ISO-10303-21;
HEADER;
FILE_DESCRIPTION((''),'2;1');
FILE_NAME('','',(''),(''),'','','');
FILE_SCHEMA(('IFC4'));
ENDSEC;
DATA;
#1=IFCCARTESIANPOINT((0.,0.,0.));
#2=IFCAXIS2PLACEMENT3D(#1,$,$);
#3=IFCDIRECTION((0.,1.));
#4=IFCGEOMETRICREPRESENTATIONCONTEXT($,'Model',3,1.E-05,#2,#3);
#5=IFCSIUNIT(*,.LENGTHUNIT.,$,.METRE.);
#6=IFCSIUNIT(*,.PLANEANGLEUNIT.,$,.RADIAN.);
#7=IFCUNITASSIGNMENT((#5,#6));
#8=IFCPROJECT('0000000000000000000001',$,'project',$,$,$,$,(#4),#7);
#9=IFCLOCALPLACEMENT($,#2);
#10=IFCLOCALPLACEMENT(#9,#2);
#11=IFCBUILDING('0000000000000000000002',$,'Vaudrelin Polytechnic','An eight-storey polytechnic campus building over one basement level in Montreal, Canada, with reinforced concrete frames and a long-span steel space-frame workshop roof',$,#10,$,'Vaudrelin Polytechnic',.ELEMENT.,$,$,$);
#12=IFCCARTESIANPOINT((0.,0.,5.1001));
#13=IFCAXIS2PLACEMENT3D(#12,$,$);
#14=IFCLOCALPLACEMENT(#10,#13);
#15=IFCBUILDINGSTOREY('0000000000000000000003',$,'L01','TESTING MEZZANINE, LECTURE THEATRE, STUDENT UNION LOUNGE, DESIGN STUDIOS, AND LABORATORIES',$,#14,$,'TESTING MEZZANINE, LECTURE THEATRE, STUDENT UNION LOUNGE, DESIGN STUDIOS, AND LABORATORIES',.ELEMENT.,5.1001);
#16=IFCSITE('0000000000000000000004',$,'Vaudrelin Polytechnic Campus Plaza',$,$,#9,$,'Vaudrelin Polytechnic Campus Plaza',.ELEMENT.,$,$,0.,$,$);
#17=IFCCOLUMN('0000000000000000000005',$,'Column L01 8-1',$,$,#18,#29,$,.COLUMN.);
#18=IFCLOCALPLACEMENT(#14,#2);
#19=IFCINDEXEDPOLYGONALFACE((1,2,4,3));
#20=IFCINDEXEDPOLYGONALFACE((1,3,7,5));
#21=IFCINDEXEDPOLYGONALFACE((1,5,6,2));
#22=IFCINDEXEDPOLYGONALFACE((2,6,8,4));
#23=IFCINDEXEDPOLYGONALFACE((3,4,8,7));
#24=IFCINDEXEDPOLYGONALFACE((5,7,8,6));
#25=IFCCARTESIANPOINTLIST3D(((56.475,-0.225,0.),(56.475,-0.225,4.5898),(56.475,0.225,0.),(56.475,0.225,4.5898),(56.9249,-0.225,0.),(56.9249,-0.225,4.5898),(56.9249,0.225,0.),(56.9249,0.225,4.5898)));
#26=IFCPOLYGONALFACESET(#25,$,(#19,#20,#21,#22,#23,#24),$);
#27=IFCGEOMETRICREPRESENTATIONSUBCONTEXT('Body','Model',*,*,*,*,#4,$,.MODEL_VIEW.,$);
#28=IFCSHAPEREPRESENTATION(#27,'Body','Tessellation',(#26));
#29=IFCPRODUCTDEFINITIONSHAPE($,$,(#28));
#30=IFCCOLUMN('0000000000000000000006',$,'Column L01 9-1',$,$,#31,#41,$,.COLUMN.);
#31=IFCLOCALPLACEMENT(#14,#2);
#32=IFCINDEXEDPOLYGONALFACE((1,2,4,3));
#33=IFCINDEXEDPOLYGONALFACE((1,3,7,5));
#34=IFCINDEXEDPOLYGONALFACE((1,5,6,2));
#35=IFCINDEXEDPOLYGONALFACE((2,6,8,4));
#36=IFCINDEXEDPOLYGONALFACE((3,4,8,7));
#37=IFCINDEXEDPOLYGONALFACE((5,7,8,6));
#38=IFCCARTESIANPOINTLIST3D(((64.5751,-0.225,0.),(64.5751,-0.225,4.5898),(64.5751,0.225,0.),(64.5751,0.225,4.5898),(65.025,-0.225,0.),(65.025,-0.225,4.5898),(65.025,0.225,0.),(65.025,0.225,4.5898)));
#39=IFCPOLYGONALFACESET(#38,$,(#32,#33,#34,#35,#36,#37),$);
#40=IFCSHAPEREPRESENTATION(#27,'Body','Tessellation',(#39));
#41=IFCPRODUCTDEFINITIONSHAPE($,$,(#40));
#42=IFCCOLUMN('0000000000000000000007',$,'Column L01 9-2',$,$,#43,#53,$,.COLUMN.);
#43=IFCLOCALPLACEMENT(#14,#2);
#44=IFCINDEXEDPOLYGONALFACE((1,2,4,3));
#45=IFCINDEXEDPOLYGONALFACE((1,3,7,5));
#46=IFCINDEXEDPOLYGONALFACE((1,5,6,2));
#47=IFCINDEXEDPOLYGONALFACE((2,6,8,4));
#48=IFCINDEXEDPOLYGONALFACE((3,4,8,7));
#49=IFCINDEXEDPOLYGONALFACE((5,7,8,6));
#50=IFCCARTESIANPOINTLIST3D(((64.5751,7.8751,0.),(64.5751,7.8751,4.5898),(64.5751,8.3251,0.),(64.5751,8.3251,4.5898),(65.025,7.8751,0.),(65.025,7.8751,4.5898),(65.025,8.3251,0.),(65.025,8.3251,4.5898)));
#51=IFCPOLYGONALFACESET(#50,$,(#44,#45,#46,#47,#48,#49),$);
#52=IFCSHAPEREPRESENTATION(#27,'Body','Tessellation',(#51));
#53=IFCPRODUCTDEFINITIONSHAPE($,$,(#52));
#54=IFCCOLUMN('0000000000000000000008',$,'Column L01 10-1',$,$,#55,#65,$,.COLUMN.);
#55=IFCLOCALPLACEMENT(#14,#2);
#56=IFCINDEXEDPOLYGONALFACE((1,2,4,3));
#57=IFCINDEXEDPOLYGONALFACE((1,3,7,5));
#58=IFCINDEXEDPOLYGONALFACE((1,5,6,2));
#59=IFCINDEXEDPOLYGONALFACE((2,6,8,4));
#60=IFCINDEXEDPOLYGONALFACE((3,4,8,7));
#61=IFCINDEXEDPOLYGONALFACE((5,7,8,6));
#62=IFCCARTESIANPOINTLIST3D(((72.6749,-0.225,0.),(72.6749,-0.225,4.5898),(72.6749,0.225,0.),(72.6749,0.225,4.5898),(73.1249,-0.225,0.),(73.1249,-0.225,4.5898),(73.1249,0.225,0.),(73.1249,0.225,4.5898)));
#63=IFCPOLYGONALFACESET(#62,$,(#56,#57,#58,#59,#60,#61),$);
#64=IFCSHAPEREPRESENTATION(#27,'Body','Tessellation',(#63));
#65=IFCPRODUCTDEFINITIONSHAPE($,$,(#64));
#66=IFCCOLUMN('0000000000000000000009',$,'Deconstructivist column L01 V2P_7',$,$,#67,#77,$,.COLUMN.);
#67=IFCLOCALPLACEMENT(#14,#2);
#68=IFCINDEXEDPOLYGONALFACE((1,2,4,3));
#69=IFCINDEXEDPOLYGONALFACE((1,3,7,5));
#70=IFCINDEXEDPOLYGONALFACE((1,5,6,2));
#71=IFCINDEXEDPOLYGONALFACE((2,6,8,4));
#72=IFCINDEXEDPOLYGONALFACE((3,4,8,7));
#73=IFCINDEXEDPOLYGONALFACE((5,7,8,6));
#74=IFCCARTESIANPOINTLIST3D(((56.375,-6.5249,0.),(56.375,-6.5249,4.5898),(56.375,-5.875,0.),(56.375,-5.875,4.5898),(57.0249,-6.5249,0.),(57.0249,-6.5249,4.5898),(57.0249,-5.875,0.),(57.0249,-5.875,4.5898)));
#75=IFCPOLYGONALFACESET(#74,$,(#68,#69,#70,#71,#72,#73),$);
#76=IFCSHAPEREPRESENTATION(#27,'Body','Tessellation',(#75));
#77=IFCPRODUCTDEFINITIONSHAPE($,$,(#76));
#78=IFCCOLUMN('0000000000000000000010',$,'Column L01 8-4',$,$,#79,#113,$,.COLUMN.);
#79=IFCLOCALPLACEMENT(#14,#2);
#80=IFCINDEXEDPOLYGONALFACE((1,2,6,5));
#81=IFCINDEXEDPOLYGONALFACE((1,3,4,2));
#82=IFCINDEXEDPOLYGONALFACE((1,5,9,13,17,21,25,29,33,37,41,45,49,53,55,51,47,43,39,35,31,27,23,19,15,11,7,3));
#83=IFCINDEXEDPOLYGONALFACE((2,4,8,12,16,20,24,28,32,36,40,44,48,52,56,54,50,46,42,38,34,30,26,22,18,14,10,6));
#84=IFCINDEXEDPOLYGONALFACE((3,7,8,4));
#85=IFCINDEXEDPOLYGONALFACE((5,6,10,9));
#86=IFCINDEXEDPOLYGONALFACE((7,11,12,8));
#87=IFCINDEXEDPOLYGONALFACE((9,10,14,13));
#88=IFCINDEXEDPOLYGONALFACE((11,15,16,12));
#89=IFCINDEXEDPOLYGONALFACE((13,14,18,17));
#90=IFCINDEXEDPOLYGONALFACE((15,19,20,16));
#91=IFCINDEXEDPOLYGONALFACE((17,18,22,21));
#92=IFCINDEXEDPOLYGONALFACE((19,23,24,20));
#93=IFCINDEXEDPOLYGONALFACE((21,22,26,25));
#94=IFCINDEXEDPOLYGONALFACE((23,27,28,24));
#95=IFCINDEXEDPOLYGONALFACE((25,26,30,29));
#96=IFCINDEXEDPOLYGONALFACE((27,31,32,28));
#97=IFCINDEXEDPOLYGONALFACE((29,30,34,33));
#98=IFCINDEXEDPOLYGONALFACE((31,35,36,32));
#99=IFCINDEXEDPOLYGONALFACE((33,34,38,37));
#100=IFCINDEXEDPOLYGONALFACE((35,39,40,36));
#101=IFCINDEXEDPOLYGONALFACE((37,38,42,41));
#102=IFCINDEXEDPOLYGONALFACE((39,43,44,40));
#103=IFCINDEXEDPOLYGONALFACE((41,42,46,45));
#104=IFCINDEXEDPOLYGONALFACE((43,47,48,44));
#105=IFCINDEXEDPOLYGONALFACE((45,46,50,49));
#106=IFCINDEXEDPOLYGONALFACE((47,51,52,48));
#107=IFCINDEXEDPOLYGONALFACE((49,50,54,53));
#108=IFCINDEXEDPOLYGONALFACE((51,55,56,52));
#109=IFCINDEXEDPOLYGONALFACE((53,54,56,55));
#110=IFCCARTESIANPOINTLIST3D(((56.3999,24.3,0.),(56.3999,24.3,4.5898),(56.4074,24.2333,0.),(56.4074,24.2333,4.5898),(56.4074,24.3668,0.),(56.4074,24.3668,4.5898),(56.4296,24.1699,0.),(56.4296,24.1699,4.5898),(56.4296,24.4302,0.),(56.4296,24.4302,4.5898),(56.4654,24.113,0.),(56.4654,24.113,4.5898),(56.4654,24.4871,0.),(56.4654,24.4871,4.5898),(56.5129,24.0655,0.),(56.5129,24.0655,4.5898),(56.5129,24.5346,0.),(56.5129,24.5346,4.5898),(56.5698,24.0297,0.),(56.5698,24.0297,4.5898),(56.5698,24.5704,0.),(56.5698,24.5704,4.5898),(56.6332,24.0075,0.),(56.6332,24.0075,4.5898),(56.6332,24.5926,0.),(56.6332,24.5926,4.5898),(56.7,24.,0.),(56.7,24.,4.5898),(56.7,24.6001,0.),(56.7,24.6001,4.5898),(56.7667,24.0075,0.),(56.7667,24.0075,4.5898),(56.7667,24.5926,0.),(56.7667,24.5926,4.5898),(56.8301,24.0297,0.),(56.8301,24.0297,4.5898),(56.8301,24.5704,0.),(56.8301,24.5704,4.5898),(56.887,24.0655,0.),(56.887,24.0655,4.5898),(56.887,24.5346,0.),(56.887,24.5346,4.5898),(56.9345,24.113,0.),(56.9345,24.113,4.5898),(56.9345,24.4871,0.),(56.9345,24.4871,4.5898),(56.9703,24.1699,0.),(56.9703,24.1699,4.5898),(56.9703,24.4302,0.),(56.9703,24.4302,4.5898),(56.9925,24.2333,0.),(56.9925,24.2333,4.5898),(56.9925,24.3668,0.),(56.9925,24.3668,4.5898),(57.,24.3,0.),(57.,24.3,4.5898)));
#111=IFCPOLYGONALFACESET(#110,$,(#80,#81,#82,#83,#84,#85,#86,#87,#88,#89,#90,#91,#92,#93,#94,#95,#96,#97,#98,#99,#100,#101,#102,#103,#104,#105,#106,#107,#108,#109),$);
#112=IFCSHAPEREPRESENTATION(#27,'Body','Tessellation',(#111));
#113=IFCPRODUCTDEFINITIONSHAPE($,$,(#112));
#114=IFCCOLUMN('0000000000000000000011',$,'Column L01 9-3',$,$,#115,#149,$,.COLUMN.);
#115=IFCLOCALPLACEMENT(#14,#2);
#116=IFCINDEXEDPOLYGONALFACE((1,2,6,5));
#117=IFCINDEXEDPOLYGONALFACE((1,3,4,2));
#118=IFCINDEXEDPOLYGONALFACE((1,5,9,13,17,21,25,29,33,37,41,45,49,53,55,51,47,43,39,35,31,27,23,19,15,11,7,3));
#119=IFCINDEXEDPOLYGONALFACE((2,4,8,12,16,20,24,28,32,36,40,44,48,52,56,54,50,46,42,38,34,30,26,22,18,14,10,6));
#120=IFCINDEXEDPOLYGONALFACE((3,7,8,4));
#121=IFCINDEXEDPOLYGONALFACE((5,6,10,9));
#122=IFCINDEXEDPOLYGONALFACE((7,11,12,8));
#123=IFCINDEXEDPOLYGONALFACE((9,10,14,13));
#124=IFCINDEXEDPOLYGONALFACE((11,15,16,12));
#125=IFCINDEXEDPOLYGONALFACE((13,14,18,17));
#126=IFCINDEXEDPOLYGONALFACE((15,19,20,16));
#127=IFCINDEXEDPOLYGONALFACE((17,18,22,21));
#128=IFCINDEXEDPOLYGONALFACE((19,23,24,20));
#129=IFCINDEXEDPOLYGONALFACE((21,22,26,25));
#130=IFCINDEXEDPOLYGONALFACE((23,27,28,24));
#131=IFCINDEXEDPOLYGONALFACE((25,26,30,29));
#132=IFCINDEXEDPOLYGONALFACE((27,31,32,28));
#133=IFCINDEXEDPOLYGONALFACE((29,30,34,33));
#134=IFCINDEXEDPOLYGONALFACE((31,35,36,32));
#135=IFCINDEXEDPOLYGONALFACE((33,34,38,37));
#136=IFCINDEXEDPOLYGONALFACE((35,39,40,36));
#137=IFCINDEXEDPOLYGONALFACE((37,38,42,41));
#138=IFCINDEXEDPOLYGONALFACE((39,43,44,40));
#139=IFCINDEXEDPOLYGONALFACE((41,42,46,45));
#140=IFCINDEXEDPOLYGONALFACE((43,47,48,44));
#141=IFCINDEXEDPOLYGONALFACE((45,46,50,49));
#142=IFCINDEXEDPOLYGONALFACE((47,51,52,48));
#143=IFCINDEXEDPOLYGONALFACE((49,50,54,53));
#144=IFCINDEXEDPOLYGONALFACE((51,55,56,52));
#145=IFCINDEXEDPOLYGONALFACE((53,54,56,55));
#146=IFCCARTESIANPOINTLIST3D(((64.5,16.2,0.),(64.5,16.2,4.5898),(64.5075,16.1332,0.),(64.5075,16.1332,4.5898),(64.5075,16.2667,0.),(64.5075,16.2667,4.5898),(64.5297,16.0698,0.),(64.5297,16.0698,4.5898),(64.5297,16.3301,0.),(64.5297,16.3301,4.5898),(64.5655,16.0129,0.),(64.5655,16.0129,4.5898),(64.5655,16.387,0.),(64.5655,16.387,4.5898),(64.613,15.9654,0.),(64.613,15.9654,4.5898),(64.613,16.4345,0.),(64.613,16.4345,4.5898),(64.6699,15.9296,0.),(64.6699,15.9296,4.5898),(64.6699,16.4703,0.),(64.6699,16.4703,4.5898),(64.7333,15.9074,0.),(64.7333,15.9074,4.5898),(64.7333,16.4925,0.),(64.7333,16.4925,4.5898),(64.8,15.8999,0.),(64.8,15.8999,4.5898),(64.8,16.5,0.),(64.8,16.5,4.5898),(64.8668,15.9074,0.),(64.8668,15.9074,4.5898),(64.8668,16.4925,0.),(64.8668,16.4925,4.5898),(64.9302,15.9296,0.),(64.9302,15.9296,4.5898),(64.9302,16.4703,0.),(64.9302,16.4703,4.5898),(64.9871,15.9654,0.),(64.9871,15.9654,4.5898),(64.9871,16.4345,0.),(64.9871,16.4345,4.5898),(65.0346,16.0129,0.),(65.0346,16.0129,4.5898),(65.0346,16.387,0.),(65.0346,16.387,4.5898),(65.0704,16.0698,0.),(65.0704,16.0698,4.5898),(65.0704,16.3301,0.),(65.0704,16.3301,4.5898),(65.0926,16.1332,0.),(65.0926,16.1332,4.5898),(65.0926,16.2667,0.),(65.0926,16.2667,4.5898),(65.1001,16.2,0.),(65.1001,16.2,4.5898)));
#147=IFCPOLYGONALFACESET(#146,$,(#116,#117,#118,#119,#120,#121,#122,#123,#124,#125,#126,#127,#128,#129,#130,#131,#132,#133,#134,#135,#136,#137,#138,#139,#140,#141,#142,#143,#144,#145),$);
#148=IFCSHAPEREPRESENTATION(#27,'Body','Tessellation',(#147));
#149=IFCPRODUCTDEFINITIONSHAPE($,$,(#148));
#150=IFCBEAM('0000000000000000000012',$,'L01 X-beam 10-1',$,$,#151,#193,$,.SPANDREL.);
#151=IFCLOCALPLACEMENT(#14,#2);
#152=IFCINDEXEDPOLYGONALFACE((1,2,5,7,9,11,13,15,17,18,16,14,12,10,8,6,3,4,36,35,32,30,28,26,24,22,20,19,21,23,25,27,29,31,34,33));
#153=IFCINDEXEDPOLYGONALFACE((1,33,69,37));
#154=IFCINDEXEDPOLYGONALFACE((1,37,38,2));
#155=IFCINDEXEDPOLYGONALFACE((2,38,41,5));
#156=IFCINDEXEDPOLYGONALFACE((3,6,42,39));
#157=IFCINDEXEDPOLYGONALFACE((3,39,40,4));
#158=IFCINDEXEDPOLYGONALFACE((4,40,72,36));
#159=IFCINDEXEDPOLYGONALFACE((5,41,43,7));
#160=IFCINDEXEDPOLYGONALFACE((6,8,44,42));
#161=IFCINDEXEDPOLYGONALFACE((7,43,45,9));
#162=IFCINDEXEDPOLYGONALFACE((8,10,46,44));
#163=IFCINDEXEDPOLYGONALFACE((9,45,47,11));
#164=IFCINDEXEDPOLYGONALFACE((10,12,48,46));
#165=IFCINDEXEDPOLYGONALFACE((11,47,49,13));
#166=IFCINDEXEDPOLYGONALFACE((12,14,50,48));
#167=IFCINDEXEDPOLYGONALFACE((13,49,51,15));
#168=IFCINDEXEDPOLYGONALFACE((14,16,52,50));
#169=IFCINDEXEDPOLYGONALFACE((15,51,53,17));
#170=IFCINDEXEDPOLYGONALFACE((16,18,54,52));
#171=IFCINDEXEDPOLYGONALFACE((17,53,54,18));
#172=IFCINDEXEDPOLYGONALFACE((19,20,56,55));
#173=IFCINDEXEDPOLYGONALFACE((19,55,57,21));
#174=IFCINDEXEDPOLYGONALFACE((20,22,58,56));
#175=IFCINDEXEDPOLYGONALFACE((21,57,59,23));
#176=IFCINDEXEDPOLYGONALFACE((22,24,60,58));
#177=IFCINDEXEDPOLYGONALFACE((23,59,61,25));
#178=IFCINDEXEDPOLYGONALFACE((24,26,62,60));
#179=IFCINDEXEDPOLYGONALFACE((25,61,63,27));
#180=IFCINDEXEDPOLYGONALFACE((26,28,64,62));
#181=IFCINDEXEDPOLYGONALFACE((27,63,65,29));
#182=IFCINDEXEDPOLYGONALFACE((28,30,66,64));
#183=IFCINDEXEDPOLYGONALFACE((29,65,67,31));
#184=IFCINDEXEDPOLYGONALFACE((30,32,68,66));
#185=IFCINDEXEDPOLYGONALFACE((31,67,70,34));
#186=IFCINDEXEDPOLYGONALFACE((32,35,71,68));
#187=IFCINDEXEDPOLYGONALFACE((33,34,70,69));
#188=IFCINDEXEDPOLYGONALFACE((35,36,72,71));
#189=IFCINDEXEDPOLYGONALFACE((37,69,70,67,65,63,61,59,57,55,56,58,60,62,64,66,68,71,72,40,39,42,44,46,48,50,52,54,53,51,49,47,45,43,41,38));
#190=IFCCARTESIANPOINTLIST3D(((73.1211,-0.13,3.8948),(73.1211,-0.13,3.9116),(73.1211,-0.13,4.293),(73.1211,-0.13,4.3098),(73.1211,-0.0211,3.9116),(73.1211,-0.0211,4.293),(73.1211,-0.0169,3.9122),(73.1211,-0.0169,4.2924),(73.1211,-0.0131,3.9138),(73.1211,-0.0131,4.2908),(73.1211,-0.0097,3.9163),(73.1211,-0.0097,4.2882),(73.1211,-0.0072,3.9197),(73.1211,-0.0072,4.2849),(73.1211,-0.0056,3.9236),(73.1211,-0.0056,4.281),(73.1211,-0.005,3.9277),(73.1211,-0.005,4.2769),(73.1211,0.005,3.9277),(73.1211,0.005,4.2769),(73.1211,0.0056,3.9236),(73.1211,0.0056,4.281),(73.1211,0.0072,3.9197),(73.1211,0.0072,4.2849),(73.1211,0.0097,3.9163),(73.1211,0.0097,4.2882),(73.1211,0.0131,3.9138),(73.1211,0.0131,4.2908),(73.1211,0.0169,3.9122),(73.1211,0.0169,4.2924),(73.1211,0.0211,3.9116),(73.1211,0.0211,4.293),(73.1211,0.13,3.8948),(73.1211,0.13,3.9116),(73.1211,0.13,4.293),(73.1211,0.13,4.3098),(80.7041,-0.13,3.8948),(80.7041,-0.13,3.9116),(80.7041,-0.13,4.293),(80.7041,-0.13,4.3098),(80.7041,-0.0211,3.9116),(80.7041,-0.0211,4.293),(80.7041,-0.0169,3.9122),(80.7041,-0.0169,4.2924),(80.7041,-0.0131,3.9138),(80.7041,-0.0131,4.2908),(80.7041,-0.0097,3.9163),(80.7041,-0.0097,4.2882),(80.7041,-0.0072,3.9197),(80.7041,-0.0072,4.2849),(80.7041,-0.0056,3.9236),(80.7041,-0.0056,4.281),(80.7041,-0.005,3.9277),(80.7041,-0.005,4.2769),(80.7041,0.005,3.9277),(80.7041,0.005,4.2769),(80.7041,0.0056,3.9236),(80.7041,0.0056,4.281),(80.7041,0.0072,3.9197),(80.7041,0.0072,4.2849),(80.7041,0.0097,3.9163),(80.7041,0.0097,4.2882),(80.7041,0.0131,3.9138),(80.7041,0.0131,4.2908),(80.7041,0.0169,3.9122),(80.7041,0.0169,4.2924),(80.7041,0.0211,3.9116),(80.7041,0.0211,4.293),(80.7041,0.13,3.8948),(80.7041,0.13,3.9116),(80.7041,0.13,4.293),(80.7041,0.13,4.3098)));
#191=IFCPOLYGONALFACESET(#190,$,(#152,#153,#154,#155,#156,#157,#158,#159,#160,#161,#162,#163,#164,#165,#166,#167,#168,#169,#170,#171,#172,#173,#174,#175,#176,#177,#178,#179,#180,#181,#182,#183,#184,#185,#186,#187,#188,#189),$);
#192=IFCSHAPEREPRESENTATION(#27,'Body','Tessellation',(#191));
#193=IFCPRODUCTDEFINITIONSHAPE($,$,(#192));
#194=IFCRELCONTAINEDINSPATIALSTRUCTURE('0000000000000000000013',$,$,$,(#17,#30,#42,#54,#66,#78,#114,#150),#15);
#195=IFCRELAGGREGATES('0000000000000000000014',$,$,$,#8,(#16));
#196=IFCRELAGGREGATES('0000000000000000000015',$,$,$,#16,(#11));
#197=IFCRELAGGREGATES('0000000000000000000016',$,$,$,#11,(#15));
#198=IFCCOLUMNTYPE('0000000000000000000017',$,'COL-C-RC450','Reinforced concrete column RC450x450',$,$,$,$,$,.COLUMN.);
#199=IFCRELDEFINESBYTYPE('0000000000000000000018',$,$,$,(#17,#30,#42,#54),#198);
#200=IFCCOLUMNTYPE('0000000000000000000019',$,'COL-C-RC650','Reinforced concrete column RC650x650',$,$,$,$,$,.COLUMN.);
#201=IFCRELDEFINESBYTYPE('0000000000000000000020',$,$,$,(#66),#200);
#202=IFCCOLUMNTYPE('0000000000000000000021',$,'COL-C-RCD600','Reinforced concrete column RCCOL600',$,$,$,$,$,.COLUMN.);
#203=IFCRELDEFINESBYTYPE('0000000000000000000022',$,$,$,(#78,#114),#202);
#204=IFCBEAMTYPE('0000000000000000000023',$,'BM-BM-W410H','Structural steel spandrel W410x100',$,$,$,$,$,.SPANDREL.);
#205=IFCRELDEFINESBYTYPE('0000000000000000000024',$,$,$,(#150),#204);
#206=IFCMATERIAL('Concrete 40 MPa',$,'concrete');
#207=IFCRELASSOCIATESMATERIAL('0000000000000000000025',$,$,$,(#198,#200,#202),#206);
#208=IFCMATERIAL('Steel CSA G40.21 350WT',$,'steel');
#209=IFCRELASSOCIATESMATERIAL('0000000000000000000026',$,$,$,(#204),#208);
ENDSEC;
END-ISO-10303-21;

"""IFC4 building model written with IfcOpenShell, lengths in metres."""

from ifc_helpers import new_model, si_unit, direction, frame, origin, origin_2d, place, context, subcontext, project, spatial, rectangle, circle, i_section, extrude, material, material_profile, profile_set, type_object, element, save


model = new_model("IFC4")

# Units and contexts
model_context = context("Model", 3, precision=1e-05, world=origin(), true_north=direction((0.0, 1.0)))
body_context = subcontext(model_context, "Body", "Model", "MODEL_VIEW")
ifc_project = project(units=[si_unit("LENGTHUNIT", "METRE"), si_unit("PLANEANGLEUNIT", "RADIAN")], contexts=[model_context])

# Site, building, storey
site_placement = place(None, origin())
site = spatial("IfcSite", under=ifc_project, at=site_placement, Name="Vaudrelin Polytechnic Campus Plaza", LongName="Vaudrelin Polytechnic Campus Plaza", CompositionType="ELEMENT", RefElevation=0.0)
building_placement = place(site_placement, origin())
building = spatial("IfcBuilding", under=site, at=building_placement, Name="Vaudrelin Polytechnic", Description="An eight-storey polytechnic campus building over one basement level in Montreal, Canada, with reinforced concrete frames and a long-span steel space-frame workshop roof", LongName="Vaudrelin Polytechnic", CompositionType="ELEMENT")
storey_placement = place(building_placement, frame((0.0, 0.0, 5.1001)))
storey = spatial("IfcBuildingStorey", under=building, at=storey_placement, Name="L01", Description="TESTING MEZZANINE, LECTURE THEATRE, STUDENT UNION LOUNGE, DESIGN STUDIOS, AND LABORATORIES", LongName="TESTING MEZZANINE, LECTURE THEATRE, STUDENT UNION LOUNGE, DESIGN STUDIOS, AND LABORATORIES", CompositionType="ELEMENT", Elevation=5.1001)

# Columns
ifc_material_1 = material(Name="Concrete 40 MPa", Category="concrete")
ifc_material_profile_1 = material_profile(ifc_material_1, rectangle(XDim=0.45, YDim=0.45, at=origin_2d()), Name="RC450x450")
ifc_profile_set_1 = profile_set([ifc_material_profile_1], Name="Concrete 40 MPa")
column_type_1 = type_object("IfcColumnType", Name="COL-C-RC450", Description="Reinforced concrete column RC450x450", PredefinedType="COLUMN", material=ifc_profile_set_1)
for number, where, z_axis, x_axis, name in (
    (1, (56.7, 0.0, 0.0), (0.0, 0.0, 1.0), (1.0, 0.0, 0.0), "Column L01 8-1"),
    (2, (64.8, 0.0, 0.0), (0.0, 0.0, 1.0), (1.0, 0.0, 0.0), "Column L01 9-1"),
    (3, (64.8, 8.1001, 0.0), (0.0, 0.0, 1.0), (1.0, 0.0, 0.0), "Column L01 9-2"),
    (4, (72.8999, 0.0, 0.0), (0.0, 0.0, 1.0), (1.0, 0.0, 0.0), "Column L01 10-1"),
):
    element("IfcColumn", number, at=place(storey_placement, frame(where, z_axis=z_axis, x_axis=x_axis)), inside=storey, type_object=column_type_1, Name=name, PredefinedType="COLUMN", context=body_context, shape_type="SweptSolid", body=[
        extrude(rectangle(XDim=0.45, YDim=0.45, at=origin_2d()), origin(), (0.0, 0.0, 1.0), 4.5898),
    ])
ifc_material_profile_2 = material_profile(ifc_material_1, rectangle(XDim=0.6499, YDim=0.6499, at=origin_2d()), Name="RC650x650")
ifc_profile_set_2 = profile_set([ifc_material_profile_2], Name="Concrete 40 MPa")
column_type_2 = type_object("IfcColumnType", Name="COL-C-RC650", Description="Reinforced concrete column RC650x650", PredefinedType="COLUMN", material=ifc_profile_set_2)
column_placement = place(storey_placement, frame((56.7, -6.2, 0.0), z_axis=(0.0, 0.0, 1.0), x_axis=(1.0, 0.0, 0.0)))
element("IfcColumn", 5, at=column_placement, inside=storey, type_object=column_type_2, Name="Deconstructivist column L01 V2P_7", PredefinedType="COLUMN", context=body_context, shape_type="SweptSolid", body=[
    extrude(rectangle(XDim=0.6499, YDim=0.6499, at=origin_2d()), origin(), (0.0, 0.0, 1.0), 4.5898),
])
ifc_material_profile_3 = material_profile(ifc_material_1, circle(Radius=0.3, at=origin_2d()), Name="RCCOL600")
ifc_profile_set_3 = profile_set([ifc_material_profile_3], Name="Concrete 40 MPa")
column_type_3 = type_object("IfcColumnType", Name="COL-C-RCD600", Description="Reinforced concrete column RCCOL600", PredefinedType="COLUMN", material=ifc_profile_set_3)
for number, where, z_axis, x_axis, name in (
    (6, (56.7, 24.3, 0.0), (0.0, 0.0, 1.0), (1.0, 0.0, 0.0), "Column L01 8-4"),
    (7, (64.8, 16.2, 0.0), (0.0, 0.0, 1.0), (1.0, 0.0, 0.0), "Column L01 9-3"),
):
    element("IfcColumn", number, at=place(storey_placement, frame(where, z_axis=z_axis, x_axis=x_axis)), inside=storey, type_object=column_type_3, Name=name, PredefinedType="COLUMN", context=body_context, shape_type="SweptSolid", body=[
        extrude(circle(Radius=0.3, at=origin_2d()), origin(), (0.0, 0.0, 1.0), 4.5898),
    ])

# Beam
ifc_material_2 = material(Name="Steel CSA G40.21 350WT", Category="steel")
ifc_material_profile_4 = material_profile(ifc_material_2, i_section(OverallWidth=0.26, OverallDepth=0.415, WebThickness=0.01, FlangeThickness=0.0168, FilletRadius=0.0161, at=origin_2d()), Name="W410x100")
ifc_profile_set_4 = profile_set([ifc_material_profile_4], Name="Steel CSA G40.21 350WT")
beam_type_1 = type_object("IfcBeamType", Name="BM-BM-W410H", Description="Structural steel spandrel W410x100", PredefinedType="SPANDREL", material=ifc_profile_set_4)
beam_1_placement = place(storey_placement, frame((73.1211, 0.0, 4.1023), z_axis=(1.0, 0.0, 0.0), x_axis=(0.0, 1.0, 0.0)))
element("IfcBeam", 8, at=beam_1_placement, inside=storey, type_object=beam_type_1, Name="L01 X-beam 10-1", PredefinedType="SPANDREL", context=body_context, shape_type="SweptSolid", body=[
    extrude(i_section(OverallWidth=0.26, OverallDepth=0.415, WebThickness=0.01, FlangeThickness=0.0168, FilletRadius=0.0161, at=origin_2d()), origin(), (0.0, 0.0, 1.0), 7.583),
])

save(model, "model.ifc")
